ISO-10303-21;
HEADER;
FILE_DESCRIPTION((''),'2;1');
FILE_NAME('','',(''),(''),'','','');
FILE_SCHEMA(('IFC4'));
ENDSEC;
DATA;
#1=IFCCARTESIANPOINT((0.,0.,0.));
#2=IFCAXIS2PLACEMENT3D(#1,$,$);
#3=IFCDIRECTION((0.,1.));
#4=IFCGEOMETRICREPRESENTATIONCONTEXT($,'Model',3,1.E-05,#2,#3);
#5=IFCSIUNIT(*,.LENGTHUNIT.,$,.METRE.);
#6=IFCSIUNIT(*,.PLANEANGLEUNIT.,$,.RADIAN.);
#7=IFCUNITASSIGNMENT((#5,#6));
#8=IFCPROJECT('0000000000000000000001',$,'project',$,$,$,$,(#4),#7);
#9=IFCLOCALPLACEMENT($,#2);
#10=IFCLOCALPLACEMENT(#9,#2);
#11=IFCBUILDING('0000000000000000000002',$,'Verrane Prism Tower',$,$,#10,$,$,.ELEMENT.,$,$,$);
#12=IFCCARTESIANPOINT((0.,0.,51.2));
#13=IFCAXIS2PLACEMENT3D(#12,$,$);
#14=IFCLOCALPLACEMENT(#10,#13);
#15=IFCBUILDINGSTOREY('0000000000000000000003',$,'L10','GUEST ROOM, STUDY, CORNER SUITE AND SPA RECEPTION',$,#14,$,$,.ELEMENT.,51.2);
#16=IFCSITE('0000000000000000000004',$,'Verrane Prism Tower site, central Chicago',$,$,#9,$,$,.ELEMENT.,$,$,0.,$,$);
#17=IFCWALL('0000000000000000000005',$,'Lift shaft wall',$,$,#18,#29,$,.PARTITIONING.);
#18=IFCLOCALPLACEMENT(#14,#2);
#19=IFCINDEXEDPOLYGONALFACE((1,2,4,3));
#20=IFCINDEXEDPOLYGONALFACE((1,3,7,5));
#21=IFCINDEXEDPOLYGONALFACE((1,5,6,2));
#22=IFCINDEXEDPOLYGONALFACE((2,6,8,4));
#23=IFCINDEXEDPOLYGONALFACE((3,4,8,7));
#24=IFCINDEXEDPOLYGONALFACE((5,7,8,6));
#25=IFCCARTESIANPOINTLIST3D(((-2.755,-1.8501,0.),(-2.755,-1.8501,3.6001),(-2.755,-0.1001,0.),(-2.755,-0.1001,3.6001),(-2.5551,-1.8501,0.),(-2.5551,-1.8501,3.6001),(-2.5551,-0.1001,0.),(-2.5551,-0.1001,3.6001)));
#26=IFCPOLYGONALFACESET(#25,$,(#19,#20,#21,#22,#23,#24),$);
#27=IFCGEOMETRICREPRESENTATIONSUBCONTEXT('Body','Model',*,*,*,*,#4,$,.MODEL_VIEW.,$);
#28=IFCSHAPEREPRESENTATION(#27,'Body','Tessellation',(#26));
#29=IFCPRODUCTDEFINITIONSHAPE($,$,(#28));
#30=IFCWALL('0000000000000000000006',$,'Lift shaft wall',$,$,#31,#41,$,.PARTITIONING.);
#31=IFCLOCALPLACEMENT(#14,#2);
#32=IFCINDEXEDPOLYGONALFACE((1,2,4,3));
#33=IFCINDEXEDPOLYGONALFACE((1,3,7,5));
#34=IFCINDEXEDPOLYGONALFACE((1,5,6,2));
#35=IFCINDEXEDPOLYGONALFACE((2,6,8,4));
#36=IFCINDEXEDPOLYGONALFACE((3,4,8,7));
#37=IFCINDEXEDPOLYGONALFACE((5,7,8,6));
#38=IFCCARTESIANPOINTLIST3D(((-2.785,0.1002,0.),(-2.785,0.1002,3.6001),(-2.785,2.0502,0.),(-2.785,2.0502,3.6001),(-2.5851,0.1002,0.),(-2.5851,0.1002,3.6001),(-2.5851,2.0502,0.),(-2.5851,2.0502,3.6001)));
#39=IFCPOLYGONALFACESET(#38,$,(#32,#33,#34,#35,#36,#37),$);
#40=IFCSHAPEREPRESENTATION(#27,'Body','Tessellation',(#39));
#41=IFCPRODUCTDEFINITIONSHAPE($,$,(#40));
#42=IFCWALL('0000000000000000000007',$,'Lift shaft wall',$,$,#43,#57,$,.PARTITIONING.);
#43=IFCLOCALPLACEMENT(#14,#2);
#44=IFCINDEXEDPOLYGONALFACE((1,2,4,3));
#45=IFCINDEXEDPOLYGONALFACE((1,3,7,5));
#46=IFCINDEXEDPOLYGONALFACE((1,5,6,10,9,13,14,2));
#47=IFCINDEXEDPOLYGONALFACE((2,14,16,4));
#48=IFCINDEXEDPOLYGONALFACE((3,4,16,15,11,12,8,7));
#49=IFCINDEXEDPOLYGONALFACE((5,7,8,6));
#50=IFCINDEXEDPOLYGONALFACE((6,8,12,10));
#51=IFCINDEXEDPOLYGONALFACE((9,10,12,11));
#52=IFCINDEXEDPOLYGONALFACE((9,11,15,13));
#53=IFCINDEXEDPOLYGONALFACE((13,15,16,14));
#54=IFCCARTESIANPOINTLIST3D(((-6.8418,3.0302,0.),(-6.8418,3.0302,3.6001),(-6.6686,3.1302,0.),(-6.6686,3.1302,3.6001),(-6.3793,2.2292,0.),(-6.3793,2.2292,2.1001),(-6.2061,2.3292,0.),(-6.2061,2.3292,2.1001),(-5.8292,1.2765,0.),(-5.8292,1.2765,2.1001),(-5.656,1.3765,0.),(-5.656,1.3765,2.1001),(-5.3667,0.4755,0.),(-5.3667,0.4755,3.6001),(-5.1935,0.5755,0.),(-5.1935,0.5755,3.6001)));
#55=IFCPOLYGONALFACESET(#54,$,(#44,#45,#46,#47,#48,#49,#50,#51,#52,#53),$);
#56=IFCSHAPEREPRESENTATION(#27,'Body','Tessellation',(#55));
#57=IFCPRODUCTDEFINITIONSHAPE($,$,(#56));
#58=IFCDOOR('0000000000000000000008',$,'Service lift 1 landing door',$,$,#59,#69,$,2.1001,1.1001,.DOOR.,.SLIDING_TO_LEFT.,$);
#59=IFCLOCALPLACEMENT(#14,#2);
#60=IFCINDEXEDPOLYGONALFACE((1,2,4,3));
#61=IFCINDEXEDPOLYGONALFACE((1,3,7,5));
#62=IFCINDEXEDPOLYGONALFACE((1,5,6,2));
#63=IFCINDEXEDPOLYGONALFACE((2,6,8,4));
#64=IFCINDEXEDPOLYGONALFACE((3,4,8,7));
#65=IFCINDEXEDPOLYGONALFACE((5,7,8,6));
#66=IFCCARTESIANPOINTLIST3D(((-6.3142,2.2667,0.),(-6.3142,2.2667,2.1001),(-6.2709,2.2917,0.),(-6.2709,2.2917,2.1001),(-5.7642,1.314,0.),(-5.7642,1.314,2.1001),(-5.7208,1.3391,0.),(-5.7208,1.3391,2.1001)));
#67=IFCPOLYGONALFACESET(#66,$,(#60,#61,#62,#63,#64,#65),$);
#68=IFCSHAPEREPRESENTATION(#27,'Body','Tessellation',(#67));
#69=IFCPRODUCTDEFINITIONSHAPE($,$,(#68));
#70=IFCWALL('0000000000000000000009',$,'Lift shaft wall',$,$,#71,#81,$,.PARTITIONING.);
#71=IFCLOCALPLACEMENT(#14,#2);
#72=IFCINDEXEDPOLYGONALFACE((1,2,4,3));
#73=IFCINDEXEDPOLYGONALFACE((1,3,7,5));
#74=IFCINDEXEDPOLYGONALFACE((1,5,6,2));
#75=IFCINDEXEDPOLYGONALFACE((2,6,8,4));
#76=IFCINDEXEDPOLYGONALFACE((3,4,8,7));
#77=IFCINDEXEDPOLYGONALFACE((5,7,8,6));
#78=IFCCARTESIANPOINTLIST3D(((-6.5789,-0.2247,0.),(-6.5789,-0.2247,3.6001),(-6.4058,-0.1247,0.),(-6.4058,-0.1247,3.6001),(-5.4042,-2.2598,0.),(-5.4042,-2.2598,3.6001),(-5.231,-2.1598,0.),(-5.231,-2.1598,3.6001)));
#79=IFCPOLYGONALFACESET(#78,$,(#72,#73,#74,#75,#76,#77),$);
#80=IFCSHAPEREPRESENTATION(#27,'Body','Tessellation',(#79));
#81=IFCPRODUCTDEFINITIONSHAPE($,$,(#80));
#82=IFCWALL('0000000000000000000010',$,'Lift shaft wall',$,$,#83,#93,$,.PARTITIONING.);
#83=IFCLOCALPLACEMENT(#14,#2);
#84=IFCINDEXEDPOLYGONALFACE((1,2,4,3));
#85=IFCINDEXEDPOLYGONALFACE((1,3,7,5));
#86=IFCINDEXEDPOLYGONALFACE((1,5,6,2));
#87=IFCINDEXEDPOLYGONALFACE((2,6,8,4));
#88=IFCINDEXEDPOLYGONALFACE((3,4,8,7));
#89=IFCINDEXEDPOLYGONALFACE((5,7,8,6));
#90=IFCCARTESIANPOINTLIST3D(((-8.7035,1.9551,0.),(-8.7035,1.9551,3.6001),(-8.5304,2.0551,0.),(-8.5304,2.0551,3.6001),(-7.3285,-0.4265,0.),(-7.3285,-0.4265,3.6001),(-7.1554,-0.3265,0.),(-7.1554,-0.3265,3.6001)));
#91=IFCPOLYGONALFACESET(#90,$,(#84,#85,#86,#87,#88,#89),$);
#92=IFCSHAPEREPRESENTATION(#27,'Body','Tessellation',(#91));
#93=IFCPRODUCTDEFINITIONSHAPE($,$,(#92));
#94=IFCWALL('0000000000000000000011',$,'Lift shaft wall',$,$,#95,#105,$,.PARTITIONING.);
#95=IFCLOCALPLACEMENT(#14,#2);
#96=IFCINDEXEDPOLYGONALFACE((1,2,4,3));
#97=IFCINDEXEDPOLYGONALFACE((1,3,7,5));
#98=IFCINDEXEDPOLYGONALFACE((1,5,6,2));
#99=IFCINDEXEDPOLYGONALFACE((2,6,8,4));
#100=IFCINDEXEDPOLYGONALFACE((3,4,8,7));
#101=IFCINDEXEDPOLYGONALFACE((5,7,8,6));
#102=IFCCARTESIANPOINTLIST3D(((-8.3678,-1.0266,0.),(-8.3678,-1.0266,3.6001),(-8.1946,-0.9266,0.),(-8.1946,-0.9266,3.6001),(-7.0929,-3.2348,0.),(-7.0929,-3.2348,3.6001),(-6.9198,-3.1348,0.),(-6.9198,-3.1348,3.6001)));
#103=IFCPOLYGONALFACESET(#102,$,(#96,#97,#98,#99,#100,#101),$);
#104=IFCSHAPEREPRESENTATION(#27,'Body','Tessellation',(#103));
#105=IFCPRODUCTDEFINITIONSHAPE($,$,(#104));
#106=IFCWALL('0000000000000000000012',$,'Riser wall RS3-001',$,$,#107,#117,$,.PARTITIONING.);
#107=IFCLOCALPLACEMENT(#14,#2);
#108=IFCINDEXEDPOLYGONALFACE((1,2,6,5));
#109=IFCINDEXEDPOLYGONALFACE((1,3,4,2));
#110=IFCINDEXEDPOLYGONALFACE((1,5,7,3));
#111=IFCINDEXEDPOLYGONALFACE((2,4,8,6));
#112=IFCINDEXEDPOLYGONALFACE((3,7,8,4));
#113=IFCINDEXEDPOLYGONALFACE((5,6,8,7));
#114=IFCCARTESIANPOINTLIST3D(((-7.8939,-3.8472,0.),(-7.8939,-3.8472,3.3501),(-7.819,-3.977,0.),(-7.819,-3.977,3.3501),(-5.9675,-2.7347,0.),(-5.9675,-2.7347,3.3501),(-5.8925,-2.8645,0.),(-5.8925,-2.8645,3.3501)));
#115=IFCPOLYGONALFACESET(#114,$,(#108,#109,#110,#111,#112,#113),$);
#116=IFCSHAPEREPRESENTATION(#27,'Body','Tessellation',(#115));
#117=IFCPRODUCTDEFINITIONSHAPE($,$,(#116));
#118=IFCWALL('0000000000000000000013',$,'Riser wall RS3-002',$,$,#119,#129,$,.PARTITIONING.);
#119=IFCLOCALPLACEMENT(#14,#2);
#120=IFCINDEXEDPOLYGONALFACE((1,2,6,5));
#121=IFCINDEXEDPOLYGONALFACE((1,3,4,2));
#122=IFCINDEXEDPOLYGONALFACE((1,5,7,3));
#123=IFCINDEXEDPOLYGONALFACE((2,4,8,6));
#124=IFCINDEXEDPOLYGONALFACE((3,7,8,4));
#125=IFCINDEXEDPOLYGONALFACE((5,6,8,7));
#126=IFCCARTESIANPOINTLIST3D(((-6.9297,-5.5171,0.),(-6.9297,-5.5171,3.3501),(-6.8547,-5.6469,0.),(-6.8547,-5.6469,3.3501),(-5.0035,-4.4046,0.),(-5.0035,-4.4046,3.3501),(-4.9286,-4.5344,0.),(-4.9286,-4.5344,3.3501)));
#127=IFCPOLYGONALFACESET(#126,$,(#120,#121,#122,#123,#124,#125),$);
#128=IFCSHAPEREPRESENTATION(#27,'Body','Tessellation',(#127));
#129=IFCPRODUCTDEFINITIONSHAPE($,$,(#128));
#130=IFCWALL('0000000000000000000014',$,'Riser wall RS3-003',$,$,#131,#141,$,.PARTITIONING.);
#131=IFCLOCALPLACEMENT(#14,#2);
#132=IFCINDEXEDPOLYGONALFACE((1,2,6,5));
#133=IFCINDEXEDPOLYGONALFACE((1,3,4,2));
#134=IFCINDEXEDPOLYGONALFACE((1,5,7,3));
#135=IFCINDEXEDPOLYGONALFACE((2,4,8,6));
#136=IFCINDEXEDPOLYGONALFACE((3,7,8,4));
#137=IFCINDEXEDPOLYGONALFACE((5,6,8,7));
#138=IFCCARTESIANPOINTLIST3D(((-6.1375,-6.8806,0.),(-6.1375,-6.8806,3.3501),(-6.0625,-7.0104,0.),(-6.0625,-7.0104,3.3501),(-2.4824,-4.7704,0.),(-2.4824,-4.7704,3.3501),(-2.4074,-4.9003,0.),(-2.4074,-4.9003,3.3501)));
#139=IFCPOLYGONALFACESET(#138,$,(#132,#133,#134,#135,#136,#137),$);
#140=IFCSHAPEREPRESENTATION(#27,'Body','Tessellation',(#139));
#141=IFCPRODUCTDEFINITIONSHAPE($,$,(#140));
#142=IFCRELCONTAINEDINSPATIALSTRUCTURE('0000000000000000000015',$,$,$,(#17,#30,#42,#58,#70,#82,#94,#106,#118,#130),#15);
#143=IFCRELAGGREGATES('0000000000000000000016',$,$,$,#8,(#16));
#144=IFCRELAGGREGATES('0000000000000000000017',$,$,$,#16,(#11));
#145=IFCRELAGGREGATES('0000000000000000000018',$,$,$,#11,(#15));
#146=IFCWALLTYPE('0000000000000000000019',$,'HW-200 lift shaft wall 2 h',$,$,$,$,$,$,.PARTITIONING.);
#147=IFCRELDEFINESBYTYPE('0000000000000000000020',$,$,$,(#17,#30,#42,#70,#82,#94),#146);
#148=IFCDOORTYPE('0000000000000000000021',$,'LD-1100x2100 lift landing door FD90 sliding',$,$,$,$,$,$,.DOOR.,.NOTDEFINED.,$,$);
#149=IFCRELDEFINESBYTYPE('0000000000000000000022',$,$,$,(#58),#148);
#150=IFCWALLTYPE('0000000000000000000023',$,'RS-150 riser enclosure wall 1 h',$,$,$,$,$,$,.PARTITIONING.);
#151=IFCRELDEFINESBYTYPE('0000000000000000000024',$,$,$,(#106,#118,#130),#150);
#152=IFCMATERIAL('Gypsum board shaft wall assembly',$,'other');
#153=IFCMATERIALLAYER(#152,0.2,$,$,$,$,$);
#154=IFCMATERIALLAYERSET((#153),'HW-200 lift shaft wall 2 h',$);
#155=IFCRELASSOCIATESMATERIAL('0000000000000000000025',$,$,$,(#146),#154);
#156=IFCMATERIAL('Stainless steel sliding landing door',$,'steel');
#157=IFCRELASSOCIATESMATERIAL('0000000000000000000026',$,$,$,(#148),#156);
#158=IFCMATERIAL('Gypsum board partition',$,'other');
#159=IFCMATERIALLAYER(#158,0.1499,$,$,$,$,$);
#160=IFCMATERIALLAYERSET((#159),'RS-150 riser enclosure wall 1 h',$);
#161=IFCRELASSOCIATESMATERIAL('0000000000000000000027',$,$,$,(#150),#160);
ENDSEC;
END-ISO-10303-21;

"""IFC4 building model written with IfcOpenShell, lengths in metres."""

from ifc_helpers import new_model, si_unit, direction, frame, frame_2d, origin, place, context, subcontext, project, spatial, rectangle, extrude, material, layer, layer_set, type_object, element, fill, save


model = new_model("IFC4")

# Units and contexts
model_context = context("Model", 3, precision=1e-05, world=origin(), true_north=direction((0.0, 1.0)))
body_context = subcontext(model_context, "Body", "Model", "MODEL_VIEW")
ifc_project = project(units=[si_unit("LENGTHUNIT", "METRE"), si_unit("PLANEANGLEUNIT", "RADIAN")], contexts=[model_context])

# Site, building, storey
site_placement = place(None, origin())
site = spatial("IfcSite", under=ifc_project, at=site_placement, Name="Verrane Prism Tower site, central Chicago", CompositionType="ELEMENT", RefElevation=0.0)
building_placement = place(site_placement, origin())
building = spatial("IfcBuilding", under=site, at=building_placement, Name="Verrane Prism Tower", CompositionType="ELEMENT")
storey_placement = place(building_placement, frame((0.0, 0.0, 51.2)))
storey = spatial("IfcBuildingStorey", under=building, at=storey_placement, Name="L10", Description="GUEST ROOM, STUDY, CORNER SUITE AND SPA RECEPTION", CompositionType="ELEMENT", Elevation=51.2)

# Shared definitions
ifc_material_1 = material(Name="Gypsum board shaft wall assembly", Category="other")
ifc_layer_1 = layer(ifc_material_1, 0.2)
ifc_layer_set_1 = layer_set([ifc_layer_1], Name="HW-200 lift shaft wall 2 h")
wall_type_1 = type_object("IfcWallType", Name="HW-200 lift shaft wall 2 h", PredefinedType="PARTITIONING", material=ifc_layer_set_1)
ifc_material_2 = material(Name="Stainless steel sliding landing door", Category="steel")
door_type_1 = type_object("IfcDoorType", Name="LD-1100x2100 lift landing door FD90 sliding", OperationType="NOTDEFINED", PredefinedType="DOOR", material=ifc_material_2)

# Walls
for number, where, z_axis, x_axis, name in (
    (1, (-2.655, -1.8501, 0.0), (0.0, 0.0, 1.0), (0.0, 1.0, 0.0), "Lift shaft wall"),
):
    element("IfcWall", number, at=place(storey_placement, frame(where, z_axis=z_axis, x_axis=x_axis)), inside=storey, type_object=wall_type_1, Name=name, PredefinedType="PARTITIONING", context=body_context, shape_type="SweptSolid", body=[
        extrude(rectangle(XDim=1.75, YDim=0.2, at=frame_2d((0.875, 0.0))), origin(), (0.0, 0.0, 1.0), 3.6001),
    ])
wall_1_placement = place(storey_placement, frame((-2.6851, 0.1001, 0.0), z_axis=(0.0, 0.0, 1.0), x_axis=(0.0, 1.0, 0.0)))
element("IfcWall", 2, at=wall_1_placement, inside=storey, type_object=wall_type_1, Name="Lift shaft wall", PredefinedType="PARTITIONING", context=body_context, shape_type="SweptSolid", body=[
    extrude(rectangle(XDim=1.95, YDim=0.2, at=frame_2d((0.9751, 0.0))), origin(), (0.0, 0.0, 1.0), 3.6001),
])

# Wall, opening, door
wall_2_placement = place(storey_placement, frame((-5.28, 0.5254, 0.0), z_axis=(0.0, 0.0, 1.0), x_axis=(-0.500038, 0.866004, 0.0)))
wall_2 = element("IfcWall", 3, at=wall_2_placement, inside=storey, type_object=wall_type_1, Name="Lift shaft wall", PredefinedType="PARTITIONING", context=body_context, shape_type="SweptSolid", body=[
    extrude(rectangle(XDim=2.95, YDim=0.2, at=frame_2d((1.4751, 0.0))), origin(), (0.0, 0.0, 1.0), 3.6001),
])
opening_1_placement = place(wall_2_placement, frame((0.925, 0.0, 0.0)))
opening_1 = element("IfcOpeningElement", 4, at=opening_1_placement, cuts=wall_2, PredefinedType="OPENING", context=body_context, shape_type="SweptSolid", body=[
    extrude(rectangle(XDim=1.1001, YDim=2.1001, at=frame_2d((0.55, 1.05))), frame((0.0, 0.1099, 0.0), z_axis=(0.0, -1.0, 0.0), x_axis=(1.0, 0.0, 0.0)), (0.0, 0.0, 1.0), 0.22),
])
door_1_placement = place(opening_1_placement, origin())
door_1 = element("IfcDoor", 5, at=door_1_placement, inside=storey, type_object=door_type_1, Name="Service lift 1 landing door", OperationType="SLIDING_TO_LEFT", OverallHeight=2.1001, OverallWidth=1.1001, PredefinedType="DOOR", context=body_context, shape_type="SweptSolid", body=[
    extrude(rectangle(XDim=1.1001, YDim=2.1001, at=frame_2d((0.55, 1.05))), frame((0.0, 0.0249, 0.0), z_axis=(0.0, -1.0, 0.0), x_axis=(1.0, 0.0, 0.0)), (0.0, 0.0, 1.0), 0.05),
])
fill(opening_1, door_1)

# Walls
wall_3_placement = place(storey_placement, frame((-5.3176, -2.2097, 0.0), z_axis=(0.0, 0.0, 1.0), x_axis=(-0.499938, 0.866061, 0.0)))
element("IfcWall", 6, at=wall_3_placement, inside=storey, type_object=wall_type_1, Name="Lift shaft wall", PredefinedType="PARTITIONING", context=body_context, shape_type="SweptSolid", body=[
    extrude(rectangle(XDim=2.3499, YDim=0.2, at=frame_2d((1.1748, 0.0))), origin(), (0.0, 0.0, 1.0), 3.6001),
])
wall_4_placement = place(storey_placement, frame((-7.2419, -0.3765, 0.0), z_axis=(0.0, 0.0, 1.0), x_axis=(-0.499997, 0.866027, 0.0)))
element("IfcWall", 7, at=wall_4_placement, inside=storey, type_object=wall_type_1, Name="Lift shaft wall", PredefinedType="PARTITIONING", context=body_context, shape_type="SweptSolid", body=[
    extrude(rectangle(XDim=2.75, YDim=0.2, at=frame_2d((1.375, 0.0))), origin(), (0.0, 0.0, 1.0), 3.6001),
])
wall_5_placement = place(storey_placement, frame((-7.0063, -3.1848, 0.0), z_axis=(0.0, 0.0, 1.0), x_axis=(-0.49999, 0.866031, 0.0)))
element("IfcWall", 8, at=wall_5_placement, inside=storey, type_object=wall_type_1, Name="Lift shaft wall", PredefinedType="PARTITIONING", context=body_context, shape_type="SweptSolid", body=[
    extrude(rectangle(XDim=2.5498, YDim=0.2, at=frame_2d((1.2749, 0.0))), origin(), (0.0, 0.0, 1.0), 3.6001),
])
ifc_material_3 = material(Name="Gypsum board partition", Category="other")
ifc_layer_2 = layer(ifc_material_3, 0.1499)
ifc_layer_set_2 = layer_set([ifc_layer_2], Name="RS-150 riser enclosure wall 1 h")
wall_type_2 = type_object("IfcWallType", Name="RS-150 riser enclosure wall 1 h", PredefinedType="PARTITIONING", material=ifc_layer_set_2)
wall_6_placement = place(storey_placement, frame((-7.8564, -3.9121, 0.0), z_axis=(0.0, 0.0, 1.0), x_axis=(0.865972, 0.500093, 0.0)))
element("IfcWall", 9, at=wall_6_placement, inside=storey, type_object=wall_type_2, Name="Riser wall RS3-001", PredefinedType="PARTITIONING", context=body_context, shape_type="SweptSolid", body=[
    extrude(rectangle(XDim=2.2246, YDim=0.1499, at=frame_2d((1.1123, 0.0))), origin(), (0.0, 0.0, 1.0), 3.3501),
])
wall_7_placement = place(storey_placement, frame((-6.8923, -5.582, 0.0), z_axis=(0.0, 0.0, 1.0), x_axis=(0.865944, 0.50014, 0.0)))
element("IfcWall", 10, at=wall_7_placement, inside=storey, type_object=wall_type_2, Name="Riser wall RS3-002", PredefinedType="PARTITIONING", context=body_context, shape_type="SweptSolid", body=[
    extrude(rectangle(XDim=2.2244, YDim=0.1499, at=frame_2d((1.1123, 0.0))), origin(), (0.0, 0.0, 1.0), 3.3501),
])
wall_8_placement = place(storey_placement, frame((-6.1001, -6.9456, 0.0), z_axis=(0.0, 0.0, 1.0), x_axis=(0.866038, 0.499978, 0.0)))
element("IfcWall", 11, at=wall_8_placement, inside=storey, type_object=wall_type_2, Name="Riser wall RS3-003", PredefinedType="PARTITIONING", context=body_context, shape_type="SweptSolid", body=[
    extrude(rectangle(XDim=4.2205, YDim=0.1499, at=frame_2d((2.1104, 0.0))), origin(), (0.0, 0.0, 1.0), 3.3501),
])

save(model, "model.ifc")
